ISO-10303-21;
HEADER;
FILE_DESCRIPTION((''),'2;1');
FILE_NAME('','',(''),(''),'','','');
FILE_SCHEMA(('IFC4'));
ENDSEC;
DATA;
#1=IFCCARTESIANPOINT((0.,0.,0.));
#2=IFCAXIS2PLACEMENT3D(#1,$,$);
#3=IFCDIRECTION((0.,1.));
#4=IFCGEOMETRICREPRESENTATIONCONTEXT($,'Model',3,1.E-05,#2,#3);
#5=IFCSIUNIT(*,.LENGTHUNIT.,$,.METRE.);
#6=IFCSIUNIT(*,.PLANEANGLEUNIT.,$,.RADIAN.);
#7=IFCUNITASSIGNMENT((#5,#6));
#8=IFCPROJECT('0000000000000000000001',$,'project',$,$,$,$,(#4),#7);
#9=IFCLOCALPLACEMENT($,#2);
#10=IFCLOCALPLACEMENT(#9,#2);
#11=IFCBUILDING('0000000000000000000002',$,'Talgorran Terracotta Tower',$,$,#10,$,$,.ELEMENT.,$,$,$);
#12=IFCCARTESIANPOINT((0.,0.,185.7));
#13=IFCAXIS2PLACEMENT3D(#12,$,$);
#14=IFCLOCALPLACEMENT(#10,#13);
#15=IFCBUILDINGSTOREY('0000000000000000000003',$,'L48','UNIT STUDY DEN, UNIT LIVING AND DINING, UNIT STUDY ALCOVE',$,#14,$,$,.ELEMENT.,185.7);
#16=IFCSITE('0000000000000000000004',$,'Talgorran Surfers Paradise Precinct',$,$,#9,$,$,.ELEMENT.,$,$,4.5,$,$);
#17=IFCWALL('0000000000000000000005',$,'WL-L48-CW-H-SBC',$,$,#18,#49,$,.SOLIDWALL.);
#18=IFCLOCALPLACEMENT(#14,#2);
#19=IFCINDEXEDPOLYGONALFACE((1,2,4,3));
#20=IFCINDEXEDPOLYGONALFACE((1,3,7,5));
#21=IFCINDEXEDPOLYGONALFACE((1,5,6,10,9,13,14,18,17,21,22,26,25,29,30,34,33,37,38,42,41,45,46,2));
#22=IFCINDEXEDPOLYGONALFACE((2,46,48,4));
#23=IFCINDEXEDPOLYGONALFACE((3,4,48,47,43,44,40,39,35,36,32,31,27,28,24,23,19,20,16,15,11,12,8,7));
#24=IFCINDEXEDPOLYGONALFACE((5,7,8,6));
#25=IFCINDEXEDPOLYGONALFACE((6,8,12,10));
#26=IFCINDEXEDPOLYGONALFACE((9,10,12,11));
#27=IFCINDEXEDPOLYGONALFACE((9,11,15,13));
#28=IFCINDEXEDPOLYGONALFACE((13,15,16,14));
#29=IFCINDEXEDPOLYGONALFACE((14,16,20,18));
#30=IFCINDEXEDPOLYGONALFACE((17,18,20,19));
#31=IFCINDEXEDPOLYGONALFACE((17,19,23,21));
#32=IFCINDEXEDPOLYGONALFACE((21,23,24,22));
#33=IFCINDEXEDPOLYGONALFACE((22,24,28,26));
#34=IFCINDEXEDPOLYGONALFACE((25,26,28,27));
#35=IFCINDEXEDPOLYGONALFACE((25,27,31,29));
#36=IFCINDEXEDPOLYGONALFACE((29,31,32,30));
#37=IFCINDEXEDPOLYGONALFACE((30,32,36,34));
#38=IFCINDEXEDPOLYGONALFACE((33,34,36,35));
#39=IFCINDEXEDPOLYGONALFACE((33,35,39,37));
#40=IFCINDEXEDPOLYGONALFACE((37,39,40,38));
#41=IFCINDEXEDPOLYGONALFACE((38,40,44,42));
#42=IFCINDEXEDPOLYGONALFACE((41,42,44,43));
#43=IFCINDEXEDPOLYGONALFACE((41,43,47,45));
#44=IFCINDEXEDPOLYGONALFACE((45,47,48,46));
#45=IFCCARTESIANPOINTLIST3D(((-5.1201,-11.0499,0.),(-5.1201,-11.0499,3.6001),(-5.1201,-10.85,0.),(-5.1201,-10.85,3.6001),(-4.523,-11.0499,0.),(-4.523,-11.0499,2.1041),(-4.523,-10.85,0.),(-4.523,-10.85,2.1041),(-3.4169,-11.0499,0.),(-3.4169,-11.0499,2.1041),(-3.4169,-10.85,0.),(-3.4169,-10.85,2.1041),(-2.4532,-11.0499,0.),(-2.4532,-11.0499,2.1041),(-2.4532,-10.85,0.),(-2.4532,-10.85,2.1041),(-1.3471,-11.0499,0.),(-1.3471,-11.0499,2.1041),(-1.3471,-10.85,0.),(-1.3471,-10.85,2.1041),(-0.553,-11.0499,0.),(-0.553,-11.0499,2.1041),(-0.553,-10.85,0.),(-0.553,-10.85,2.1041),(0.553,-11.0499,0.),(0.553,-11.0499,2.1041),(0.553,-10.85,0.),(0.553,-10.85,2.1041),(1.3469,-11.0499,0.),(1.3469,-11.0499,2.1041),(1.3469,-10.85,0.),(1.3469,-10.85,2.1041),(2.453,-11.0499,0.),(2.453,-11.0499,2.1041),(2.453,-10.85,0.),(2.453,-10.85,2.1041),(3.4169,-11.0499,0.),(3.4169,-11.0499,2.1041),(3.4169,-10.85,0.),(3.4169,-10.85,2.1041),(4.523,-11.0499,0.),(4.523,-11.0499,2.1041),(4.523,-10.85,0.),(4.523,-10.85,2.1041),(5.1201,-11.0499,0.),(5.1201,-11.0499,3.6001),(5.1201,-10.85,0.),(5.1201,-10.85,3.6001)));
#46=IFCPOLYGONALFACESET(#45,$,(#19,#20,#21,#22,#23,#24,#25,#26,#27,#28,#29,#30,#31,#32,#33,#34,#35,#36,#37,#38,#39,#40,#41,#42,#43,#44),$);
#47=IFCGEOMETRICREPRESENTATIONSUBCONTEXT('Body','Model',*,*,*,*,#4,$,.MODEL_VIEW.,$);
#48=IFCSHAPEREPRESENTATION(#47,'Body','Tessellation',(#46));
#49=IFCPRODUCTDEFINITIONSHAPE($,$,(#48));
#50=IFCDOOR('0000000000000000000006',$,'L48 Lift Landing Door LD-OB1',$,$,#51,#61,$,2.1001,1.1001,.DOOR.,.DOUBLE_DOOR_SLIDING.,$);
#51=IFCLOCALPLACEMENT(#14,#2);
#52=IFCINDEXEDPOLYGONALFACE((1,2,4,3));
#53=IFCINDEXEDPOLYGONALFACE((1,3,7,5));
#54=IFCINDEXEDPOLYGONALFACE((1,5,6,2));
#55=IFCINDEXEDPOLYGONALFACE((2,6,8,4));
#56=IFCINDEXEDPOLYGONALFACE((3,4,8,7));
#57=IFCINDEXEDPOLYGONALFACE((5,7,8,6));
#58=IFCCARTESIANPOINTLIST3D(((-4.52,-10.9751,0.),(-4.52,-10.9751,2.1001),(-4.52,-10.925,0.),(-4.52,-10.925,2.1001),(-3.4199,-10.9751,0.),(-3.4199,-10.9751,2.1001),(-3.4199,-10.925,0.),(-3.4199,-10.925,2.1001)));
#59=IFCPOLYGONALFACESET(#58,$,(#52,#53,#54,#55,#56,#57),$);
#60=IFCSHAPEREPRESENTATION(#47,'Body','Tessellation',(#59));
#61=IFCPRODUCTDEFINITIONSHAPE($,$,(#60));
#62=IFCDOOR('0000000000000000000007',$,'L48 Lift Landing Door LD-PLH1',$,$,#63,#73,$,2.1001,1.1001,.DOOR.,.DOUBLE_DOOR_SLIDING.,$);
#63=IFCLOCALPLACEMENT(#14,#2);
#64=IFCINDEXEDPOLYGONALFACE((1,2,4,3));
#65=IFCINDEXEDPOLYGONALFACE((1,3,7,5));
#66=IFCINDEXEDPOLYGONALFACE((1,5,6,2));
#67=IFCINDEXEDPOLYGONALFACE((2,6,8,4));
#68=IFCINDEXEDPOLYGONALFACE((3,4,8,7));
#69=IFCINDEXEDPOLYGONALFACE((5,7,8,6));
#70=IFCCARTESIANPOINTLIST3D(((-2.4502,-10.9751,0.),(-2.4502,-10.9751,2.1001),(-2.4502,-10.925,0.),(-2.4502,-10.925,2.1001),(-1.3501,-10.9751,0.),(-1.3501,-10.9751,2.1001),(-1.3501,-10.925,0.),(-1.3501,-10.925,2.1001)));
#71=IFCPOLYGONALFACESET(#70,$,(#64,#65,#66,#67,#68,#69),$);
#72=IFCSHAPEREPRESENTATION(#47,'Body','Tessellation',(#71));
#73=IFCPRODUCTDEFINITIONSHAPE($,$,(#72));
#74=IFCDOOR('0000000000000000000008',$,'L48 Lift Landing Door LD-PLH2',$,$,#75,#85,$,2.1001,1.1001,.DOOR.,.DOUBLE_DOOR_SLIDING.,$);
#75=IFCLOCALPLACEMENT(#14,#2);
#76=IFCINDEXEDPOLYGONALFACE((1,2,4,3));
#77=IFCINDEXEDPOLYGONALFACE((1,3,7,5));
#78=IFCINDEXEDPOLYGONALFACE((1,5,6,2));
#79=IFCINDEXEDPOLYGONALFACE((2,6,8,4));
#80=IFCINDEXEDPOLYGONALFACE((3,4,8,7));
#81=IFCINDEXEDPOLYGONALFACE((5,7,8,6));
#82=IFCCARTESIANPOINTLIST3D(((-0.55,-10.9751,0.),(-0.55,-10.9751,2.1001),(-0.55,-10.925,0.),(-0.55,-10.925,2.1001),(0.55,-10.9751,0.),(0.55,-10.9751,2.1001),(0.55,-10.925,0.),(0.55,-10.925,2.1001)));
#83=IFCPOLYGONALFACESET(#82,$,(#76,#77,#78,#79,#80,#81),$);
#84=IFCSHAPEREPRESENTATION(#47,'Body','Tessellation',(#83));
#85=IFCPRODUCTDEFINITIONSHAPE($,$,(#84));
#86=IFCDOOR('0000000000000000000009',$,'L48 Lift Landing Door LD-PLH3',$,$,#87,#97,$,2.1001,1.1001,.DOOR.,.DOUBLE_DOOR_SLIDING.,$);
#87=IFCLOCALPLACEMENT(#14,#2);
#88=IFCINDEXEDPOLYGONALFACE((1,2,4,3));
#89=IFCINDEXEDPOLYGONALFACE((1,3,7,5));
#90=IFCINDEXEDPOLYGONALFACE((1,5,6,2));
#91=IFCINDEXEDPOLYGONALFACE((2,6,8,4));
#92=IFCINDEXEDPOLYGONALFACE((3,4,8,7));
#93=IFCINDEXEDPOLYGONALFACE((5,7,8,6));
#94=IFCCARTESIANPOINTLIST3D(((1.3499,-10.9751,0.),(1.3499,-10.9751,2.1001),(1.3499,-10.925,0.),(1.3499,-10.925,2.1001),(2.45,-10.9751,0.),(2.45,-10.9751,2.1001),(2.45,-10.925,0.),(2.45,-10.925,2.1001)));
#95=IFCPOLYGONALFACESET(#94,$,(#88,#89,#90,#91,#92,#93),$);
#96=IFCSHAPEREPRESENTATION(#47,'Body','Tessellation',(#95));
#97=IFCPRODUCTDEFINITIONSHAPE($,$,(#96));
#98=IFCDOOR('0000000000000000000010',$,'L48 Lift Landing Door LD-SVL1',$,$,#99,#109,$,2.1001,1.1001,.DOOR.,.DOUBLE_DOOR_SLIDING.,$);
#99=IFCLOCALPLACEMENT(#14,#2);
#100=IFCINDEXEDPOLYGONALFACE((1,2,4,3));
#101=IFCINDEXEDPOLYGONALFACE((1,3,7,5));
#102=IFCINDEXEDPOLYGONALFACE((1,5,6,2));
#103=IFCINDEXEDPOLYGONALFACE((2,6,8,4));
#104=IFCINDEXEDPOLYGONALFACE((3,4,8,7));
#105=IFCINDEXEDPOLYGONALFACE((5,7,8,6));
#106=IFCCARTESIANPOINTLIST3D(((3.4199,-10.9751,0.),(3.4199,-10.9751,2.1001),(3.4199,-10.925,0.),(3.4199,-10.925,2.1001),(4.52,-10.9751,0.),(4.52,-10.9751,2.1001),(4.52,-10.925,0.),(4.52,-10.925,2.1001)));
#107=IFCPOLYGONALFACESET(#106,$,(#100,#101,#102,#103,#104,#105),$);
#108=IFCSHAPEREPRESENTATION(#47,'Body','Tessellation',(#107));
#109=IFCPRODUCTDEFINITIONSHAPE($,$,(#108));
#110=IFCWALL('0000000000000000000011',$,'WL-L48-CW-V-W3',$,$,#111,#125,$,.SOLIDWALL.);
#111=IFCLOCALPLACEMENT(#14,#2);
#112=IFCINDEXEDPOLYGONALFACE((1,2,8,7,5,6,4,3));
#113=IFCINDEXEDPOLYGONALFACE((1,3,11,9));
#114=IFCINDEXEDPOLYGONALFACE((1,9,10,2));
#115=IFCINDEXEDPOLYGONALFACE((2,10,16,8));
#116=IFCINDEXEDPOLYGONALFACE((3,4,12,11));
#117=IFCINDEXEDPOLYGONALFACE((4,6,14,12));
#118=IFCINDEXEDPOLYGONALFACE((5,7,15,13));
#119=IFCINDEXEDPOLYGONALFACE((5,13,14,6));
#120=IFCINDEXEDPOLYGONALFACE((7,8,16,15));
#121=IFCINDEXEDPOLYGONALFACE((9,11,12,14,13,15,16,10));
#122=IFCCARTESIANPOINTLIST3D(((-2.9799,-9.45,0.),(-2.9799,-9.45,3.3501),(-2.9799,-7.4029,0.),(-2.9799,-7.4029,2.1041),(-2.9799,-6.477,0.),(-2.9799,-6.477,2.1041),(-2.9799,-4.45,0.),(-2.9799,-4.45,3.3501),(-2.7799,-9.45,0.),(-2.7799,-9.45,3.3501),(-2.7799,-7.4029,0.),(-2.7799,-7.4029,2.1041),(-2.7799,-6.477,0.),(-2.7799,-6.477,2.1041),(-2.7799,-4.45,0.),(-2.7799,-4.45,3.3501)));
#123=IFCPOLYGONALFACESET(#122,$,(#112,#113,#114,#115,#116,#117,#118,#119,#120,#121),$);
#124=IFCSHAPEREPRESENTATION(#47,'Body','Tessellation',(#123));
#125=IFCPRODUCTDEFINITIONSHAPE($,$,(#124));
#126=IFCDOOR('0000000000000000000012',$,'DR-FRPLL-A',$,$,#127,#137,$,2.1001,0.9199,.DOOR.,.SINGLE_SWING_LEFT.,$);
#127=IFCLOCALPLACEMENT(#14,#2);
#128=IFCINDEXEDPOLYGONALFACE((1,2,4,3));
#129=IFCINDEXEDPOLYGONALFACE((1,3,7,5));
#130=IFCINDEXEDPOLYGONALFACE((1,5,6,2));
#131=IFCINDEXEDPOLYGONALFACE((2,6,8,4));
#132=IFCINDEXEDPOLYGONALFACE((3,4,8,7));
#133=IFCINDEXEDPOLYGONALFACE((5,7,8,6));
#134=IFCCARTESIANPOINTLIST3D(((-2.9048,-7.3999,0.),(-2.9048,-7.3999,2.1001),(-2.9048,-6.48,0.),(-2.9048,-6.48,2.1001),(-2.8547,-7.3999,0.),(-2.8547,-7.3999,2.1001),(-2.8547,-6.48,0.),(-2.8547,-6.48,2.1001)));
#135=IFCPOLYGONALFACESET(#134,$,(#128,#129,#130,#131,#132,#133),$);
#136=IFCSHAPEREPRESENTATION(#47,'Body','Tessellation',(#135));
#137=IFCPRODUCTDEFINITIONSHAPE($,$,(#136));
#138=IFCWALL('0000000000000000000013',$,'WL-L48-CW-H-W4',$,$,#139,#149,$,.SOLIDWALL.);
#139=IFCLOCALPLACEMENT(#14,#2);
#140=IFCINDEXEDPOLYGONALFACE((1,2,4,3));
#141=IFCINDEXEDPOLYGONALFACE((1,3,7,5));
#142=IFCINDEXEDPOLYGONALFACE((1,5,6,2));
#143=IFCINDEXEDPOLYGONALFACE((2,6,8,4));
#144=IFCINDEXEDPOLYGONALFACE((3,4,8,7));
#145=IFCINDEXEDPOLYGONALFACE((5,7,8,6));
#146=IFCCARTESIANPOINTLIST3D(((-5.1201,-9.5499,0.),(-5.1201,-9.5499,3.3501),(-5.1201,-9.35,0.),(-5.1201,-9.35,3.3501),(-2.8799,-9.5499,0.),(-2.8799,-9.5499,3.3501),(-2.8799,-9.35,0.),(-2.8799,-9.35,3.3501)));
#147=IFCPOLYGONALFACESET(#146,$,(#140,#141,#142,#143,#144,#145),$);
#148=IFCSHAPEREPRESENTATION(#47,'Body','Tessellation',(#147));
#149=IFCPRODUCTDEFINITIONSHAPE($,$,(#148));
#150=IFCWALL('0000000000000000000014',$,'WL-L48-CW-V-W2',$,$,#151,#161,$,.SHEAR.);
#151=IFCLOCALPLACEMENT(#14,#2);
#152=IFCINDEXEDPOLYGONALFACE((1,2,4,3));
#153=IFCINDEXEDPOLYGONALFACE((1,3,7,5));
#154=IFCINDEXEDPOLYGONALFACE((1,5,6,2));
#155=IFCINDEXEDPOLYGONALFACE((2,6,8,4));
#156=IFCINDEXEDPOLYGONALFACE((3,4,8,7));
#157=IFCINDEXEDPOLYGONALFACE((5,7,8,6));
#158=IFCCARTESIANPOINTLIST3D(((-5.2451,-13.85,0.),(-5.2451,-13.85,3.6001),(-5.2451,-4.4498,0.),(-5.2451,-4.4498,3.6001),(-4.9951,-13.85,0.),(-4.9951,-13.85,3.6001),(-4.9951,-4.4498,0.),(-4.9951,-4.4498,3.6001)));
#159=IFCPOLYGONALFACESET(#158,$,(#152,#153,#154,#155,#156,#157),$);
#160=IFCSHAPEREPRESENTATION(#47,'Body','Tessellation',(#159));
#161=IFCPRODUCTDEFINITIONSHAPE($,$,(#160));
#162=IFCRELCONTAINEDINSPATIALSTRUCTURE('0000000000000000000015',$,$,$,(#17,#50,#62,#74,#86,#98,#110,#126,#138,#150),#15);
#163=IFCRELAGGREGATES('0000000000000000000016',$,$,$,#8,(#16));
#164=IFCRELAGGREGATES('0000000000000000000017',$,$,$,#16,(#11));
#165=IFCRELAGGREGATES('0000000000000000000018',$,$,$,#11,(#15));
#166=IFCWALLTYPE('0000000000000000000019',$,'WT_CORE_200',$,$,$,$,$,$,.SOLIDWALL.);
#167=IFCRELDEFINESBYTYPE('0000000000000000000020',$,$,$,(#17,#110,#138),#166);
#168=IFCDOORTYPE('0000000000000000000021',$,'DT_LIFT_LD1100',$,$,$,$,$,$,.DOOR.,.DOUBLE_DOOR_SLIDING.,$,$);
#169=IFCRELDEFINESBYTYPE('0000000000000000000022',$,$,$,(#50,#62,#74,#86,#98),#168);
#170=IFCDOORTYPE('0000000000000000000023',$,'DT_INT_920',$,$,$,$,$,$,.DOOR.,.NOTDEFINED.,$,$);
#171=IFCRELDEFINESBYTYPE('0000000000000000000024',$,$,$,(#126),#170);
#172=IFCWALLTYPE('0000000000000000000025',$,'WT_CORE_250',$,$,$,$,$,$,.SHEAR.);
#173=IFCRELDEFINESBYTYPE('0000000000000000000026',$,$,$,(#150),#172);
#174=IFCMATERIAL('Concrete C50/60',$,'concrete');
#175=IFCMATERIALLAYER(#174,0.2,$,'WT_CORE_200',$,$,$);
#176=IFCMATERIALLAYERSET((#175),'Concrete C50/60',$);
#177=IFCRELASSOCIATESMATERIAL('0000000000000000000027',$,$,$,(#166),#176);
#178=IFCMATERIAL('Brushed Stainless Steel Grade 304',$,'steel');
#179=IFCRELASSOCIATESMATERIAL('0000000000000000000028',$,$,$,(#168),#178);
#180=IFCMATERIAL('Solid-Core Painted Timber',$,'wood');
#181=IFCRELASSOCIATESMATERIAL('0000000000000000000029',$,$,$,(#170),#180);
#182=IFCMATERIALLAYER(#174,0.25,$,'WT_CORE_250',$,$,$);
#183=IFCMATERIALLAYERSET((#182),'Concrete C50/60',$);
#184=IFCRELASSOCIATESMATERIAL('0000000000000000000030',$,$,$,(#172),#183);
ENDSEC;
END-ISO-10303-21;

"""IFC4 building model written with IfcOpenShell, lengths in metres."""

from ifc_helpers import new_model, si_unit, direction, frame, frame_2d, origin, place, context, subcontext, project, spatial, rectangle, extrude, material, layer, layer_set, type_object, element, fill, save


model = new_model("IFC4")

# Units and contexts
model_context = context("Model", 3, precision=1e-05, world=origin(), true_north=direction((0.0, 1.0)))
body_context = subcontext(model_context, "Body", "Model", "MODEL_VIEW")
ifc_project = project(units=[si_unit("LENGTHUNIT", "METRE"), si_unit("PLANEANGLEUNIT", "RADIAN")], contexts=[model_context])

# Site, building, storey
site_placement = place(None, origin())
site = spatial("IfcSite", under=ifc_project, at=site_placement, Name="Talgorran Surfers Paradise Precinct", CompositionType="ELEMENT", RefElevation=4.5)
building_placement = place(site_placement, origin())
building = spatial("IfcBuilding", under=site, at=building_placement, Name="Talgorran Terracotta Tower", CompositionType="ELEMENT")
storey_placement = place(building_placement, frame((0.0, 0.0, 185.7)))
storey = spatial("IfcBuildingStorey", under=building, at=storey_placement, Name="L48", Description="UNIT STUDY DEN, UNIT LIVING AND DINING, UNIT STUDY ALCOVE", CompositionType="ELEMENT", Elevation=185.7)

# Shared definitions
ifc_material_1 = material(Name="Concrete C50/60", Category="concrete")

# Wall, openings, doors
ifc_layer_1 = layer(ifc_material_1, 0.2, Name="WT_CORE_200")
ifc_layer_set_1 = layer_set([ifc_layer_1], Name="Concrete C50/60")
wall_type_1 = type_object("IfcWallType", Name="WT_CORE_200", PredefinedType="SOLIDWALL", material=ifc_layer_set_1)
ifc_material_2 = material(Name="Brushed Stainless Steel Grade 304", Category="steel")
door_type_1 = type_object("IfcDoorType", Name="DT_LIFT_LD1100", OperationType="DOUBLE_DOOR_SLIDING", PredefinedType="DOOR", material=ifc_material_2)
wall_1_placement = place(storey_placement, frame((-5.1201, -10.95, 0.0), z_axis=(0.0, 0.0, 1.0), x_axis=(1.0, 0.0, 0.0)))
wall_1 = element("IfcWall", 1, at=wall_1_placement, inside=storey, type_object=wall_type_1, Name="WL-L48-CW-H-SBC", PredefinedType="SOLIDWALL", context=body_context, shape_type="SweptSolid", body=[
    extrude(rectangle(XDim=10.2402, YDim=0.2, at=frame_2d((5.1201, 0.0))), origin(), (0.0, 0.0, 1.0), 3.6001),
])
opening_1_placement = place(wall_1_placement, frame((0.6001, 0.0, 0.0)))
opening_1 = element("IfcOpeningElement", 2, at=opening_1_placement, cuts=wall_1, PredefinedType="OPENING", context=body_context, shape_type="SweptSolid", body=[
    extrude(rectangle(XDim=1.1061, YDim=2.1041, at=frame_2d((0.55, 1.052))), frame((0.0, 0.1099, 0.0), z_axis=(0.0, -1.0, 0.0), x_axis=(1.0, 0.0, 0.0)), (0.0, 0.0, 1.0), 0.22),
])
opening_2_placement = place(wall_1_placement, frame((2.6699, 0.0, 0.0)))
opening_2 = element("IfcOpeningElement", 3, at=opening_2_placement, cuts=wall_1, PredefinedType="OPENING", context=body_context, shape_type="SweptSolid", body=[
    extrude(rectangle(XDim=1.1061, YDim=2.1041, at=frame_2d((0.55, 1.052))), frame((0.0, 0.1099, 0.0), z_axis=(0.0, -1.0, 0.0), x_axis=(1.0, 0.0, 0.0)), (0.0, 0.0, 1.0), 0.22),
])
opening_3_placement = place(wall_1_placement, frame((4.5701, 0.0, 0.0)))
opening_3 = element("IfcOpeningElement", 4, at=opening_3_placement, cuts=wall_1, PredefinedType="OPENING", context=body_context, shape_type="SweptSolid", body=[
    extrude(rectangle(XDim=1.1061, YDim=2.1041, at=frame_2d((0.55, 1.052))), frame((0.0, 0.1099, 0.0), z_axis=(0.0, -1.0, 0.0), x_axis=(1.0, 0.0, 0.0)), (0.0, 0.0, 1.0), 0.22),
])
opening_4_placement = place(wall_1_placement, frame((6.47, 0.0, 0.0)))
opening_4 = element("IfcOpeningElement", 5, at=opening_4_placement, cuts=wall_1, PredefinedType="OPENING", context=body_context, shape_type="SweptSolid", body=[
    extrude(rectangle(XDim=1.1061, YDim=2.1041, at=frame_2d((0.55, 1.052))), frame((0.0, 0.1099, 0.0), z_axis=(0.0, -1.0, 0.0), x_axis=(1.0, 0.0, 0.0)), (0.0, 0.0, 1.0), 0.22),
])
opening_5_placement = place(wall_1_placement, frame((8.54, 0.0, 0.0)))
opening_5 = element("IfcOpeningElement", 6, at=opening_5_placement, cuts=wall_1, PredefinedType="OPENING", context=body_context, shape_type="SweptSolid", body=[
    extrude(rectangle(XDim=1.1061, YDim=2.1041, at=frame_2d((0.55, 1.052))), frame((0.0, 0.1099, 0.0), z_axis=(0.0, -1.0, 0.0), x_axis=(1.0, 0.0, 0.0)), (0.0, 0.0, 1.0), 0.22),
])
door_1_placement = place(opening_1_placement, origin())
door_1 = element("IfcDoor", 7, at=door_1_placement, inside=storey, type_object=door_type_1, Name="L48 Lift Landing Door LD-OB1", OperationType="DOUBLE_DOOR_SLIDING", OverallHeight=2.1001, OverallWidth=1.1001, PredefinedType="DOOR", context=body_context, shape_type="SweptSolid", body=[
    extrude(rectangle(XDim=1.1001, YDim=2.1001, at=frame_2d((0.55, 1.05))), frame((0.0, 0.0249, 0.0), z_axis=(0.0, -1.0, 0.0), x_axis=(1.0, 0.0, 0.0)), (0.0, 0.0, 1.0), 0.05),
])
fill(opening_1, door_1)
door_2_placement = place(opening_2_placement, origin())
door_2 = element("IfcDoor", 8, at=door_2_placement, inside=storey, type_object=door_type_1, Name="L48 Lift Landing Door LD-PLH1", OperationType="DOUBLE_DOOR_SLIDING", OverallHeight=2.1001, OverallWidth=1.1001, PredefinedType="DOOR", context=body_context, shape_type="SweptSolid", body=[
    extrude(rectangle(XDim=1.1001, YDim=2.1001, at=frame_2d((0.55, 1.05))), frame((0.0, 0.0249, 0.0), z_axis=(0.0, -1.0, 0.0), x_axis=(1.0, 0.0, 0.0)), (0.0, 0.0, 1.0), 0.05),
])
fill(opening_2, door_2)
door_3_placement = place(opening_3_placement, origin())
door_3 = element("IfcDoor", 9, at=door_3_placement, inside=storey, type_object=door_type_1, Name="L48 Lift Landing Door LD-PLH2", OperationType="DOUBLE_DOOR_SLIDING", OverallHeight=2.1001, OverallWidth=1.1001, PredefinedType="DOOR", context=body_context, shape_type="SweptSolid", body=[
    extrude(rectangle(XDim=1.1001, YDim=2.1001, at=frame_2d((0.55, 1.05))), frame((0.0, 0.0249, 0.0), z_axis=(0.0, -1.0, 0.0), x_axis=(1.0, 0.0, 0.0)), (0.0, 0.0, 1.0), 0.05),
])
fill(opening_3, door_3)
door_4_placement = place(opening_4_placement, origin())
door_4 = element("IfcDoor", 10, at=door_4_placement, inside=storey, type_object=door_type_1, Name="L48 Lift Landing Door LD-PLH3", OperationType="DOUBLE_DOOR_SLIDING", OverallHeight=2.1001, OverallWidth=1.1001, PredefinedType="DOOR", context=body_context, shape_type="SweptSolid", body=[
    extrude(rectangle(XDim=1.1001, YDim=2.1001, at=frame_2d((0.55, 1.05))), frame((0.0, 0.0249, 0.0), z_axis=(0.0, -1.0, 0.0), x_axis=(1.0, 0.0, 0.0)), (0.0, 0.0, 1.0), 0.05),
])
fill(opening_4, door_4)
door_5_placement = place(opening_5_placement, origin())
door_5 = element("IfcDoor", 11, at=door_5_placement, inside=storey, type_object=door_type_1, Name="L48 Lift Landing Door LD-SVL1", OperationType="DOUBLE_DOOR_SLIDING", OverallHeight=2.1001, OverallWidth=1.1001, PredefinedType="DOOR", context=body_context, shape_type="SweptSolid", body=[
    extrude(rectangle(XDim=1.1001, YDim=2.1001, at=frame_2d((0.55, 1.05))), frame((0.0, 0.0249, 0.0), z_axis=(0.0, -1.0, 0.0), x_axis=(1.0, 0.0, 0.0)), (0.0, 0.0, 1.0), 0.05),
])
fill(opening_5, door_5)

# Wall, opening, door
wall_2_placement = place(storey_placement, frame((-2.8799, -9.45, 0.0), z_axis=(0.0, 0.0, 1.0), x_axis=(0.0, 1.0, 0.0)))
wall_2 = element("IfcWall", 12, at=wall_2_placement, inside=storey, type_object=wall_type_1, Name="WL-L48-CW-V-W3", PredefinedType="SOLIDWALL", context=body_context, shape_type="SweptSolid", body=[
    extrude(rectangle(XDim=5.0, YDim=0.2, at=frame_2d((2.5, 0.0))), origin(), (0.0, 0.0, 1.0), 3.3501),
])
opening_6_placement = place(wall_2_placement, frame((2.05, 0.0, 0.0)))
opening_6 = element("IfcOpeningElement", 13, at=opening_6_placement, cuts=wall_2, PredefinedType="OPENING", context=body_context, shape_type="SweptSolid", body=[
    extrude(rectangle(XDim=0.9259, YDim=2.1041, at=frame_2d((0.46, 1.052))), frame((0.0, 0.1099, 0.0), z_axis=(0.0, -1.0, 0.0), x_axis=(1.0, 0.0, 0.0)), (0.0, 0.0, 1.0), 0.22),
])
ifc_material_3 = material(Name="Solid-Core Painted Timber", Category="wood")
door_type_2 = type_object("IfcDoorType", Name="DT_INT_920", OperationType="NOTDEFINED", PredefinedType="DOOR", material=ifc_material_3)
door_6_placement = place(opening_6_placement, origin())
door_6 = element("IfcDoor", 14, at=door_6_placement, inside=storey, type_object=door_type_2, Name="DR-FRPLL-A", OperationType="SINGLE_SWING_LEFT", OverallHeight=2.1001, OverallWidth=0.9199, PredefinedType="DOOR", context=body_context, shape_type="SweptSolid", body=[
    extrude(rectangle(XDim=0.9199, YDim=2.1001, at=frame_2d((0.46, 1.05))), frame((0.0, 0.0249, 0.0), z_axis=(0.0, -1.0, 0.0), x_axis=(1.0, 0.0, 0.0)), (0.0, 0.0, 1.0), 0.05),
])
fill(opening_6, door_6)

# Walls
wall_3_placement = place(storey_placement, frame((-5.1201, -9.45, 0.0), z_axis=(0.0, 0.0, 1.0), x_axis=(1.0, 0.0, 0.0)))
element("IfcWall", 15, at=wall_3_placement, inside=storey, type_object=wall_type_1, Name="WL-L48-CW-H-W4", PredefinedType="SOLIDWALL", context=body_context, shape_type="SweptSolid", body=[
    extrude(rectangle(XDim=2.2402, YDim=0.2, at=frame_2d((1.1201, 0.0))), origin(), (0.0, 0.0, 1.0), 3.3501),
])
ifc_layer_2 = layer(ifc_material_1, 0.25, Name="WT_CORE_250")
ifc_layer_set_2 = layer_set([ifc_layer_2], Name="Concrete C50/60")
wall_type_2 = type_object("IfcWallType", Name="WT_CORE_250", PredefinedType="SHEAR", material=ifc_layer_set_2)
wall_4_placement = place(storey_placement, frame((-5.1201, -13.8501, 0.0), z_axis=(0.0, 0.0, 1.0), x_axis=(0.0, 1.0, 0.0)))
element("IfcWall", 16, at=wall_4_placement, inside=storey, type_object=wall_type_2, Name="WL-L48-CW-V-W2", PredefinedType="SHEAR", context=body_context, shape_type="SweptSolid", body=[
    extrude(rectangle(XDim=9.4001, YDim=0.25, at=frame_2d((4.7002, 0.0))), origin(), (0.0, 0.0, 1.0), 3.6001),
])

save(model, "model.ifc")
